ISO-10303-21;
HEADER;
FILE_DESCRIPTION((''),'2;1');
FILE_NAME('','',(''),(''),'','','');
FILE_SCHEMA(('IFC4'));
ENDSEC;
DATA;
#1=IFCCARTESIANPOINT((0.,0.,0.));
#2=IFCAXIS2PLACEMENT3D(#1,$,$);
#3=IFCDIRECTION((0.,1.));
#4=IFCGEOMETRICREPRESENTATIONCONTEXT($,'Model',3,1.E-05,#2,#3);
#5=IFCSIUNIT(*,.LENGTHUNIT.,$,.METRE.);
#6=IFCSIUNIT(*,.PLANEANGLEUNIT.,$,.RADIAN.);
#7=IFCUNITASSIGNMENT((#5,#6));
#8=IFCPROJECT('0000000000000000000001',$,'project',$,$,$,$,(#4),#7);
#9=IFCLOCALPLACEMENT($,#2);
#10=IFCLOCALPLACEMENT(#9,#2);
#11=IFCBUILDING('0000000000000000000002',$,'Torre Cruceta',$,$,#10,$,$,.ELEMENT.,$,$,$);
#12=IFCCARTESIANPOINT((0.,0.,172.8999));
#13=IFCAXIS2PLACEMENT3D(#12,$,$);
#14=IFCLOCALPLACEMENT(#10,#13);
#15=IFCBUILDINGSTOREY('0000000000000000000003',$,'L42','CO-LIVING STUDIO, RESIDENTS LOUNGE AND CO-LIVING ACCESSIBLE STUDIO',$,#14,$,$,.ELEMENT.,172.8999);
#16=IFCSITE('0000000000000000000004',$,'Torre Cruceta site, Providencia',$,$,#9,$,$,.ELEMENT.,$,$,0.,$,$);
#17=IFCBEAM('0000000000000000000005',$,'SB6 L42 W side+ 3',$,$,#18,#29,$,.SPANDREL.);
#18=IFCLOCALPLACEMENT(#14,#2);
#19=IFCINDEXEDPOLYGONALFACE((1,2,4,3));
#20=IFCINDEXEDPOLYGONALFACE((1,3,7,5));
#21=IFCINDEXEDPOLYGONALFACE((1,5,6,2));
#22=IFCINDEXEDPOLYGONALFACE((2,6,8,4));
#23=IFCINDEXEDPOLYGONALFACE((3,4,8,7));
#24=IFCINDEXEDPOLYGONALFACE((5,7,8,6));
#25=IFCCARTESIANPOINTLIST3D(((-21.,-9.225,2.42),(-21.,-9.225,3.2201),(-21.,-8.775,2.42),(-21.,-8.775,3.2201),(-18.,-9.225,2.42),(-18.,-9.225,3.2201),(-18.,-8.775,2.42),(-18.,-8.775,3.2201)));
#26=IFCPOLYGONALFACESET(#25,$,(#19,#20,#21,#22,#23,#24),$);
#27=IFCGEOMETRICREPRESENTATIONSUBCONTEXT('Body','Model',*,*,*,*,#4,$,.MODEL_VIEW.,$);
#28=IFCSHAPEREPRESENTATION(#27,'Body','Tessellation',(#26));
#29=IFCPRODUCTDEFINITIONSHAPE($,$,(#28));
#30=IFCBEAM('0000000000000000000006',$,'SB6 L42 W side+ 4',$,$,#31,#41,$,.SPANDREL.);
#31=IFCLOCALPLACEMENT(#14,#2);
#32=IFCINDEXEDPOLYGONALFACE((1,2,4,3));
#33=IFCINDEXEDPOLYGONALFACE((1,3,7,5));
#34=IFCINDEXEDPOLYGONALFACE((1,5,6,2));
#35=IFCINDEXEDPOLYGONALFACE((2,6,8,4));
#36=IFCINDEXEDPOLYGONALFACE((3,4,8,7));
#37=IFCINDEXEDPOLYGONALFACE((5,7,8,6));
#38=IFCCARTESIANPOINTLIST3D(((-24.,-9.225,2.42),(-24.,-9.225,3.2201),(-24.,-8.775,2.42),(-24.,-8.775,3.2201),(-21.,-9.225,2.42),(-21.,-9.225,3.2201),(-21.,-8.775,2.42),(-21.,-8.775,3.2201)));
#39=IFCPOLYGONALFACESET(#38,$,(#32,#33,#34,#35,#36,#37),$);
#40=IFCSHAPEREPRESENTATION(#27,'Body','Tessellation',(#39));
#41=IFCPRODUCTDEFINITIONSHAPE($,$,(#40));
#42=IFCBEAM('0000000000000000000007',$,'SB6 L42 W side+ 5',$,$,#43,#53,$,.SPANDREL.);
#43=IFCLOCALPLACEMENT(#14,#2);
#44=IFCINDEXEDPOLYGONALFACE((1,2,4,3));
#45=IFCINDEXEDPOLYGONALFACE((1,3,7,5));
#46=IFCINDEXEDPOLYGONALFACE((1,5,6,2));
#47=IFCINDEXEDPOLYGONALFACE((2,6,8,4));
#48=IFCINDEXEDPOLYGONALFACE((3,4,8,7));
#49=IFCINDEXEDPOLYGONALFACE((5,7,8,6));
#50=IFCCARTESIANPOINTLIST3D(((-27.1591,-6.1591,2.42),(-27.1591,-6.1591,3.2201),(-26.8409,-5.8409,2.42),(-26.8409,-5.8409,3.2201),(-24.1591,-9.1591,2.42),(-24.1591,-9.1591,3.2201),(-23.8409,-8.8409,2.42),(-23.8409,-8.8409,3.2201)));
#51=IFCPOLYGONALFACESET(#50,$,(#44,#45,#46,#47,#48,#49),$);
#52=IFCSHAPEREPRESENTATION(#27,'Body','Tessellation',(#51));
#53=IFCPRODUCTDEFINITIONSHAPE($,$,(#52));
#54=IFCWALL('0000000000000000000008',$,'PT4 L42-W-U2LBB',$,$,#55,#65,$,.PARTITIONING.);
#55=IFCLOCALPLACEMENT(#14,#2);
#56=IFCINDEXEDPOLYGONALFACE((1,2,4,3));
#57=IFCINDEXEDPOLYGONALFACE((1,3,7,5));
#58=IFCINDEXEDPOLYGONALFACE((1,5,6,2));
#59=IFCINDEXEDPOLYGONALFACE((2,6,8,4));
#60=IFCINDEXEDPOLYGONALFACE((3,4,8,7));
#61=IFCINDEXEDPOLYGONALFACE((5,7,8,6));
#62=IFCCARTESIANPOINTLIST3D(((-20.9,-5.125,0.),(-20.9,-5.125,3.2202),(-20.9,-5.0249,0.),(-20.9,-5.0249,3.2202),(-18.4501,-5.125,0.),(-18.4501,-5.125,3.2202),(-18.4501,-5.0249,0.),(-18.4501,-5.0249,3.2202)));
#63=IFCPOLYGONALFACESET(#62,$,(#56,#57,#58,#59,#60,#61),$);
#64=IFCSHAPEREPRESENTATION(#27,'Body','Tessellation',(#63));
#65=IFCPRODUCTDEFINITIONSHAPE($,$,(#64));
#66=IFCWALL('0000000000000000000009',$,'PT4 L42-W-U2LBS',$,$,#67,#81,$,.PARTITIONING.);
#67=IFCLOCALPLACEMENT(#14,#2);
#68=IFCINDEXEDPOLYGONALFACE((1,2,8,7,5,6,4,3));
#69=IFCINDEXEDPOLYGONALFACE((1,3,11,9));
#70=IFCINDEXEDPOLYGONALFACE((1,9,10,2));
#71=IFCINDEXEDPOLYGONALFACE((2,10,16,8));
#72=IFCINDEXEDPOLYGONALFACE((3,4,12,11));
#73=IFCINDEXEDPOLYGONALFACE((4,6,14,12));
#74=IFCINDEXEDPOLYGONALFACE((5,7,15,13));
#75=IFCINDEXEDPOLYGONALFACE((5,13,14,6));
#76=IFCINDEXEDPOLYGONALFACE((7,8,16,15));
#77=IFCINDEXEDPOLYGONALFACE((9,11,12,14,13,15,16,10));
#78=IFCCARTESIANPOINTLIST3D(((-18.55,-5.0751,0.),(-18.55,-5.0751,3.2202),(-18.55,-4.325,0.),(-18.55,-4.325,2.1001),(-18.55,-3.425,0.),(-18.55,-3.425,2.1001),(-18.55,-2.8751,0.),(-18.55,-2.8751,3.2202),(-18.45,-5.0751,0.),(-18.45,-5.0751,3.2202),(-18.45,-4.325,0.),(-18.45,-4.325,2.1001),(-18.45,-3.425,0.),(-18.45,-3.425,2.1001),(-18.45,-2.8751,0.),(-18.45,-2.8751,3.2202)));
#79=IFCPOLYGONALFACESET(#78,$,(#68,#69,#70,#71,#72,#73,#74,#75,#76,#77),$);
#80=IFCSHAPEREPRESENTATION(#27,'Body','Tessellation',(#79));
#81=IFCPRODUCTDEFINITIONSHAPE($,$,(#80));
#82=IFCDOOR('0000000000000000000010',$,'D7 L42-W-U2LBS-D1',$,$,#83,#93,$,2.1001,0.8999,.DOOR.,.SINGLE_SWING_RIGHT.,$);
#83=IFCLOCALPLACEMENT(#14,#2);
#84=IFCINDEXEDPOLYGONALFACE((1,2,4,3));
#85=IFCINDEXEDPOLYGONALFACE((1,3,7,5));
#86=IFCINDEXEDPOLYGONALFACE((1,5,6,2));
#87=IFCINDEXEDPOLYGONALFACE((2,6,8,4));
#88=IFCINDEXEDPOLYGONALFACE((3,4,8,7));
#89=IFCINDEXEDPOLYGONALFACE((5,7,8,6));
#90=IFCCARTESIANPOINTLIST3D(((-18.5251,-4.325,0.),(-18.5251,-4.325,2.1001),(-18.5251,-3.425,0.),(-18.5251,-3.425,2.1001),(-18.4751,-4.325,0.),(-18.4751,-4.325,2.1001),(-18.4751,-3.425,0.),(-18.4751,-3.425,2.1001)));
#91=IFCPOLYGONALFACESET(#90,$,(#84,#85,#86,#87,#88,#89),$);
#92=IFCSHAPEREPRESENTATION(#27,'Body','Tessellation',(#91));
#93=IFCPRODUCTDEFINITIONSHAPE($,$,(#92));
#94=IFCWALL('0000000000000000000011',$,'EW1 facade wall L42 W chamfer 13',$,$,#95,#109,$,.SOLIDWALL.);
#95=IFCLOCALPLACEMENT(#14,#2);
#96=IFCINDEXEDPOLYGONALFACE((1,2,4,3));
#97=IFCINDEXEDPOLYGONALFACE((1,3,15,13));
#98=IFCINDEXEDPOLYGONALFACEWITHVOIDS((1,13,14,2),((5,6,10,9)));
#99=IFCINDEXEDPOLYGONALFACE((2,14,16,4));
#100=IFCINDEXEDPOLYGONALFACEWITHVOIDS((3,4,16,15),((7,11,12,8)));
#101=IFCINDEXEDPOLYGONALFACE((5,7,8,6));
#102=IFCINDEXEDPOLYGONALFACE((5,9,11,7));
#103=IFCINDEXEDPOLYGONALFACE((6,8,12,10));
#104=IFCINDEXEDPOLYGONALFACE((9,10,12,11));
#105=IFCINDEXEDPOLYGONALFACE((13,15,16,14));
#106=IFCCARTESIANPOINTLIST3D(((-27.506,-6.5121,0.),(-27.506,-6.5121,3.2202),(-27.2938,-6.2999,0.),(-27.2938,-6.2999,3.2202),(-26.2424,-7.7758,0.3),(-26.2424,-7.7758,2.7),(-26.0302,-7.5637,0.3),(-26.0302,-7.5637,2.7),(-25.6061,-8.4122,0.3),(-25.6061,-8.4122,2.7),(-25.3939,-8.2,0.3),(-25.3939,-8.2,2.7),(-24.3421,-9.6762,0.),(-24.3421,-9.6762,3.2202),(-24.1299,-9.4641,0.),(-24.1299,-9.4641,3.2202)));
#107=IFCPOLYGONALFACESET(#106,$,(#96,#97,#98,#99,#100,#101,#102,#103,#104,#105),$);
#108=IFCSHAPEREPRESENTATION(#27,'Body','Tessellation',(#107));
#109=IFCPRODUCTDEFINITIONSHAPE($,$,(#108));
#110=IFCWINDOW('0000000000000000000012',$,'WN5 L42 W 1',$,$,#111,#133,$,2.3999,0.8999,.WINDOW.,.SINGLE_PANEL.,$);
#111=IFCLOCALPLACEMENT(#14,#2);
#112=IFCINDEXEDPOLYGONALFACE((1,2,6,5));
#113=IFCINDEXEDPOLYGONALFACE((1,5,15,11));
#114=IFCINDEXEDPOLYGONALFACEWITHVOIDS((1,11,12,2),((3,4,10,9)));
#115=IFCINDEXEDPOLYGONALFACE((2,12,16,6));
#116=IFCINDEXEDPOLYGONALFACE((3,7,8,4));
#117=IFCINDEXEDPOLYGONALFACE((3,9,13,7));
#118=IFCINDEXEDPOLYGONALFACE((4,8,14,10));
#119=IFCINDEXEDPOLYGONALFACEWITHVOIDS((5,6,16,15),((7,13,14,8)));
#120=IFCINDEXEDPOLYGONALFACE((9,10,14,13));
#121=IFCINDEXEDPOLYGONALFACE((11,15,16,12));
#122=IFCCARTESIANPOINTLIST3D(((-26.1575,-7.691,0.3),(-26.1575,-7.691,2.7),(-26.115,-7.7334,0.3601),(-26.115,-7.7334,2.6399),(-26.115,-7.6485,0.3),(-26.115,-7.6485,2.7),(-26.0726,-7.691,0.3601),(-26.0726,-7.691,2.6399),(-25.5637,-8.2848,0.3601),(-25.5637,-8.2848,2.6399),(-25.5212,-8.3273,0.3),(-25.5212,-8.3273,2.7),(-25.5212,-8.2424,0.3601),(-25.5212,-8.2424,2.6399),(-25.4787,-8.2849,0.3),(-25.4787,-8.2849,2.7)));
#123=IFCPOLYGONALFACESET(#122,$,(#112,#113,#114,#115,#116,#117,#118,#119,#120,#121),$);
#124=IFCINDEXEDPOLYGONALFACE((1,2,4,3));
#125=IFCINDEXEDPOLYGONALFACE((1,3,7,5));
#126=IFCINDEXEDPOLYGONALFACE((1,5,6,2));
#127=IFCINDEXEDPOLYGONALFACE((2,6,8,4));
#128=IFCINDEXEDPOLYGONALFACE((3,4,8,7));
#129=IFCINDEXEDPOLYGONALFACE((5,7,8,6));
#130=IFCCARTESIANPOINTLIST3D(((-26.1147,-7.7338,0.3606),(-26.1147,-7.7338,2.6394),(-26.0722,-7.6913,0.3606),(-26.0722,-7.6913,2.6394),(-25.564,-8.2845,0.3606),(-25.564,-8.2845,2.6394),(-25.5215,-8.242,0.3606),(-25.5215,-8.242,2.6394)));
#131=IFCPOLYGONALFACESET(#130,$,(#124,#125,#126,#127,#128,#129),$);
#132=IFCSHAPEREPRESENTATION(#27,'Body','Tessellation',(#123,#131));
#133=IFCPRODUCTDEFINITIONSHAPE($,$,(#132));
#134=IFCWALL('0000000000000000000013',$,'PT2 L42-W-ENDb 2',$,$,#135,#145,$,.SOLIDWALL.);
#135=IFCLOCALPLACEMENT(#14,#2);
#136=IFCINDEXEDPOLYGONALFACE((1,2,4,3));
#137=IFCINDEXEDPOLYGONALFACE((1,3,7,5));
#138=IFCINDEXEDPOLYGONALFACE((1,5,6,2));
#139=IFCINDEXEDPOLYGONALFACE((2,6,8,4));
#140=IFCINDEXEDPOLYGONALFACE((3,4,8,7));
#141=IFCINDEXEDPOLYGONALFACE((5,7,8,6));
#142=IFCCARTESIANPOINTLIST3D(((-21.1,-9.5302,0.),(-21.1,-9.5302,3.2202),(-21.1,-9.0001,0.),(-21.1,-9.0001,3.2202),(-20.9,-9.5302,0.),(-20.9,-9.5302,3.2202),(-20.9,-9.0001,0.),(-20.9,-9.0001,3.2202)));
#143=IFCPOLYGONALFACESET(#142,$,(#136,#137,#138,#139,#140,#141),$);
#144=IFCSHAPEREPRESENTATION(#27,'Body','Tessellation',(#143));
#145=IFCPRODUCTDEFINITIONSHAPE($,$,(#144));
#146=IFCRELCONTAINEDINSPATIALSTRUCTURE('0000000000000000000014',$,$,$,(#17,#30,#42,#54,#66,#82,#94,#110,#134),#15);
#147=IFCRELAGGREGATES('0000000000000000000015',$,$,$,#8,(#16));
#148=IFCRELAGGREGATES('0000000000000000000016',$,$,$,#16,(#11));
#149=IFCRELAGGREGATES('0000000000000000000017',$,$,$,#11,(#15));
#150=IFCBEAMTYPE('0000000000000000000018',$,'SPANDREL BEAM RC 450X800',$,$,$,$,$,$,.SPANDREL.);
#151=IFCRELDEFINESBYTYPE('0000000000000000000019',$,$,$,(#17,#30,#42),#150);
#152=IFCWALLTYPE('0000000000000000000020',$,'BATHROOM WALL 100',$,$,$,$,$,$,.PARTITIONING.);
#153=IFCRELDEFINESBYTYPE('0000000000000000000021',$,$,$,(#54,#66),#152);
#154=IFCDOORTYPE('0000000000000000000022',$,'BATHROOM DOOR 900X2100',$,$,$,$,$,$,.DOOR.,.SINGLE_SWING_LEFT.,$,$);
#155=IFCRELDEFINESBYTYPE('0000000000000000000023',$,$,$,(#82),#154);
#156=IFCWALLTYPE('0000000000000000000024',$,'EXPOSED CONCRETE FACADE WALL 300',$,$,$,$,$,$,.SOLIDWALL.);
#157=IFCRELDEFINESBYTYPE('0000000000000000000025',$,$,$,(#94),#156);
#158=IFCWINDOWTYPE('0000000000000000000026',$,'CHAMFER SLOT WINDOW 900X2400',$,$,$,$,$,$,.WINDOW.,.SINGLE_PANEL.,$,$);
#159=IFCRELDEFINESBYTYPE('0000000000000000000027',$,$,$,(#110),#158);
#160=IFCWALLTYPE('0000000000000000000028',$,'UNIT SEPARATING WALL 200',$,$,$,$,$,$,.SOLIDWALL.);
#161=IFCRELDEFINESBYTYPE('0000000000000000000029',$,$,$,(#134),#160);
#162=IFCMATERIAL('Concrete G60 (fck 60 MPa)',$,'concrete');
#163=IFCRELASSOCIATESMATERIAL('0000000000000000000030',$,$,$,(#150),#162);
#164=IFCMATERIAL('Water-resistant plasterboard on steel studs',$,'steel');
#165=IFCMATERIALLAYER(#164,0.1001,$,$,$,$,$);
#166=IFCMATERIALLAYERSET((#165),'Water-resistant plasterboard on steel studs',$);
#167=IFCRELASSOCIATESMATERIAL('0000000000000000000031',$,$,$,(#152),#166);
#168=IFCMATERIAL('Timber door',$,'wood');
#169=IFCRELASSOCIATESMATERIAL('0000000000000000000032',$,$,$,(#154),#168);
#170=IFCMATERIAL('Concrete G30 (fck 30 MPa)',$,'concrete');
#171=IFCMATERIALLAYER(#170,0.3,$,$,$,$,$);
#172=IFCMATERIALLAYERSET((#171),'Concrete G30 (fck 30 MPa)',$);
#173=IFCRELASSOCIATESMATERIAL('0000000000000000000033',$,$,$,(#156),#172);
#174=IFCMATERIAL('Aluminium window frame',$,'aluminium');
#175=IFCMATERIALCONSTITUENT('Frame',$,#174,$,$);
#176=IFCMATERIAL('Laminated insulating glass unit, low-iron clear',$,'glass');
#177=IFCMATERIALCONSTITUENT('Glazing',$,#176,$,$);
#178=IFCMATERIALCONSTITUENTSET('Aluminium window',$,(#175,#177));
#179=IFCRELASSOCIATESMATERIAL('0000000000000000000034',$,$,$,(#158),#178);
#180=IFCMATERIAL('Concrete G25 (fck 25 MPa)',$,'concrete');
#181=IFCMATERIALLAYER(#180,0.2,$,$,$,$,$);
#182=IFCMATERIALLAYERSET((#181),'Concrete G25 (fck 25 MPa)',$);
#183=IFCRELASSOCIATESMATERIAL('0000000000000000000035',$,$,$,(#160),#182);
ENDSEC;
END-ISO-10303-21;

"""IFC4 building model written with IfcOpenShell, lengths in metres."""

from ifc_helpers import new_model, si_unit, direction, frame, frame_2d, origin, origin_2d, place, context, subcontext, project, spatial, rectangle, hollow_rectangle, extrude, material, layer, layer_set, constituent, constituent_set, material_profile, profile_set, type_object, element, fill, save


model = new_model("IFC4")

# Units and contexts
model_context = context("Model", 3, precision=1e-05, world=origin(), true_north=direction((0.0, 1.0)))
body_context = subcontext(model_context, "Body", "Model", "MODEL_VIEW")
ifc_project = project(units=[si_unit("LENGTHUNIT", "METRE"), si_unit("PLANEANGLEUNIT", "RADIAN")], contexts=[model_context])

# Site, building, storey
site_placement = place(None, origin())
site = spatial("IfcSite", under=ifc_project, at=site_placement, Name="Torre Cruceta site, Providencia", CompositionType="ELEMENT", RefElevation=0.0)
building_placement = place(site_placement, origin())
building = spatial("IfcBuilding", under=site, at=building_placement, Name="Torre Cruceta", CompositionType="ELEMENT")
storey_placement = place(building_placement, frame((0.0, 0.0, 172.8999)))
storey = spatial("IfcBuildingStorey", under=building, at=storey_placement, Name="L42", Description="CO-LIVING STUDIO, RESIDENTS LOUNGE AND CO-LIVING ACCESSIBLE STUDIO", CompositionType="ELEMENT", Elevation=172.8999)

# Beams
ifc_material_1 = material(Name="Concrete G60 (fck 60 MPa)", Category="concrete")
ifc_material_profile_1 = material_profile(ifc_material_1, rectangle(XDim=0.45, YDim=0.8, at=origin_2d()), Name="RC 450X800")
ifc_profile_set_1 = profile_set([ifc_material_profile_1], Name="Concrete G60 (fck 60 MPa)")
beam_type_1 = type_object("IfcBeamType", Name="SPANDREL BEAM RC 450X800", PredefinedType="SPANDREL", material=ifc_profile_set_1)
for number, where, z_axis, x_axis, name in (
    (1, (-18.0, -9.0, 2.8201), (-1.0, 0.0, 0.0), (0.0, -1.0, 0.0), "SB6 L42 W side+ 3"),
    (2, (-21.0, -9.0, 2.8201), (-1.0, 0.0, 0.0), (0.0, -1.0, 0.0), "SB6 L42 W side+ 4"),
):
    element("IfcBeam", number, at=place(storey_placement, frame(where, z_axis=z_axis, x_axis=x_axis)), inside=storey, type_object=beam_type_1, Name=name, PredefinedType="SPANDREL", context=body_context, shape_type="SweptSolid", body=[
        extrude(rectangle(XDim=0.45, YDim=0.8, at=origin_2d()), origin(), (0.0, 0.0, 1.0), 3.0),
    ])
beam_1_placement = place(storey_placement, frame((-24.0, -9.0, 2.8201), z_axis=(-0.707107, 0.707107, 0.0), x_axis=(-0.707107, -0.707107, 0.0)))
element("IfcBeam", 3, at=beam_1_placement, inside=storey, type_object=beam_type_1, Name="SB6 L42 W side+ 5", PredefinedType="SPANDREL", context=body_context, shape_type="SweptSolid", body=[
    extrude(rectangle(XDim=0.45, YDim=0.8, at=origin_2d()), origin(), (0.0, 0.0, 1.0), 4.2427),
])

# Wall
ifc_material_2 = material(Name="Water-resistant plasterboard on steel studs", Category="steel")
ifc_layer_1 = layer(ifc_material_2, 0.1001)
ifc_layer_set_1 = layer_set([ifc_layer_1], Name="Water-resistant plasterboard on steel studs")
wall_type_1 = type_object("IfcWallType", Name="BATHROOM WALL 100", PredefinedType="PARTITIONING", material=ifc_layer_set_1)
wall_1_placement = place(storey_placement, frame((-18.45, -5.075, 0.0), z_axis=(0.0, 0.0, 1.0), x_axis=(-1.0, 0.0, 0.0)))
element("IfcWall", 4, at=wall_1_placement, inside=storey, type_object=wall_type_1, Name="PT4 L42-W-U2LBB", PredefinedType="PARTITIONING", context=body_context, shape_type="SweptSolid", body=[
    extrude(rectangle(XDim=2.45, YDim=0.1001, at=frame_2d((1.2251, 0.0))), origin(), (0.0, 0.0, 1.0), 3.2202),
])

# Wall, opening, door
wall_2_placement = place(storey_placement, frame((-18.5, -2.875, 0.0), z_axis=(0.0, 0.0, 1.0), x_axis=(0.0, -1.0, 0.0)))
wall_2 = element("IfcWall", 5, at=wall_2_placement, inside=storey, type_object=wall_type_1, Name="PT4 L42-W-U2LBS", PredefinedType="PARTITIONING", context=body_context, shape_type="SweptSolid", body=[
    extrude(rectangle(XDim=2.2, YDim=0.1001, at=frame_2d((1.1001, 0.0))), origin(), (0.0, 0.0, 1.0), 3.2202),
])
opening_1_placement = place(wall_2_placement, frame((0.55, 0.0, 0.0)))
opening_1 = element("IfcOpeningElement", 6, at=opening_1_placement, cuts=wall_2, PredefinedType="OPENING", context=body_context, shape_type="SweptSolid", body=[
    extrude(rectangle(XDim=0.8999, YDim=2.1001, at=frame_2d((0.45, 1.05))), frame((0.0, 0.0601, 0.0), z_axis=(0.0, -1.0, 0.0), x_axis=(1.0, 0.0, 0.0)), (0.0, 0.0, 1.0), 0.1201),
])
ifc_material_3 = material(Name="Timber door", Category="wood")
door_type_1 = type_object("IfcDoorType", Name="BATHROOM DOOR 900X2100", OperationType="SINGLE_SWING_LEFT", PredefinedType="DOOR", material=ifc_material_3)
door_1_placement = place(opening_1_placement, frame((0.8999, 0.0, 0.0), z_axis=(0.0, 0.0, 1.0), x_axis=(-1.0, 0.0, 0.0)))
door_1 = element("IfcDoor", 7, at=door_1_placement, inside=storey, type_object=door_type_1, Name="D7 L42-W-U2LBS-D1", OperationType="SINGLE_SWING_RIGHT", OverallHeight=2.1001, OverallWidth=0.8999, PredefinedType="DOOR", context=body_context, shape_type="SweptSolid", body=[
    extrude(rectangle(XDim=0.8999, YDim=2.1001, at=frame_2d((0.45, 1.05))), frame((0.0, 0.0251, 0.0), z_axis=(0.0, -1.0, 0.0), x_axis=(1.0, 0.0, 0.0)), (0.0, 0.0, 1.0), 0.05),
])
fill(opening_1, door_1)

# Wall, opening, window
ifc_material_4 = material(Name="Concrete G30 (fck 30 MPa)", Category="concrete")
ifc_layer_2 = layer(ifc_material_4, 0.3)
ifc_layer_set_2 = layer_set([ifc_layer_2], Name="Concrete G30 (fck 30 MPa)")
wall_type_2 = type_object("IfcWallType", Name="EXPOSED CONCRETE FACADE WALL 300", PredefinedType="SOLIDWALL", material=ifc_layer_set_2)
wall_3_placement = place(storey_placement, frame((-27.3999, -6.406, 0.0), z_axis=(0.0, 0.0, 1.0), x_axis=(0.707079, -0.707134, 0.0)))
wall_3 = element("IfcWall", 8, at=wall_3_placement, inside=storey, type_object=wall_type_2, Name="EW1 facade wall L42 W chamfer 13", PredefinedType="SOLIDWALL", context=body_context, shape_type="SweptSolid", body=[
    extrude(rectangle(XDim=4.4746, YDim=0.3, at=frame_2d((2.2373, 0.0))), origin(), (0.0, 0.0, 1.0), 3.2202),
])
opening_2_placement = place(wall_3_placement, frame((1.7871, 0.0, 0.3)))
opening_2 = element("IfcOpeningElement", 9, at=opening_2_placement, cuts=wall_3, PredefinedType="OPENING", context=body_context, shape_type="SweptSolid", body=[
    extrude(rectangle(XDim=0.8999, YDim=2.3999, at=frame_2d((0.45, 1.2))), frame((0.0, 0.1599, 0.0), z_axis=(0.0, -1.0, 0.0), x_axis=(1.0, 0.0, 0.0)), (0.0, 0.0, 1.0), 0.3201),
])
ifc_material_5 = material(Name="Aluminium window frame", Category="aluminium")
ifc_constituent_1 = constituent(ifc_material_5, Name="Frame")
ifc_material_6 = material(Name="Laminated insulating glass unit, low-iron clear", Category="glass")
ifc_constituent_2 = constituent(ifc_material_6, Name="Glazing")
ifc_constituent_set_1 = constituent_set(constituents=[ifc_constituent_1, ifc_constituent_2], Name="Aluminium window")
window_type = type_object("IfcWindowType", Name="CHAMFER SLOT WINDOW 900X2400", PartitioningType="SINGLE_PANEL", PredefinedType="WINDOW", material=ifc_constituent_set_1)
window_placement = place(opening_2_placement, origin())
window = element("IfcWindow", 10, at=window_placement, inside=storey, type_object=window_type, Name="WN5 L42 W 1", OverallHeight=2.3999, OverallWidth=0.8999, PartitioningType="SINGLE_PANEL", PredefinedType="WINDOW", context=body_context, shape_type="SweptSolid", body=[
    extrude(hollow_rectangle(XDim=0.8999, YDim=2.3999, WallThickness=0.0601, at=frame_2d((0.45, 1.2))), frame((0.0, 0.03, 0.0), z_axis=(0.0, -1.0, 0.0), x_axis=(1.0, 0.0, 0.0)), (0.0, 0.0, 1.0), 0.0601),
    extrude(rectangle(XDim=0.7788, YDim=2.2788, at=frame_2d((0.45, 1.2))), frame((0.0, 0.03, 0.0), z_axis=(0.0, -1.0, 0.0), x_axis=(1.0, 0.0, 0.0)), (0.0, 0.0, 1.0), 0.0601),
])
fill(opening_2, window)

# Wall
ifc_material_7 = material(Name="Concrete G25 (fck 25 MPa)", Category="concrete")
ifc_layer_3 = layer(ifc_material_7, 0.2)
ifc_layer_set_3 = layer_set([ifc_layer_3], Name="Concrete G25 (fck 25 MPa)")
wall_type_3 = type_object("IfcWallType", Name="UNIT SEPARATING WALL 200", PredefinedType="SOLIDWALL", material=ifc_layer_set_3)
wall_4_placement = place(storey_placement, frame((-21.0, -9.0, 0.0), z_axis=(0.0, 0.0, 1.0), x_axis=(0.0, -1.0, 0.0)))
element("IfcWall", 11, at=wall_4_placement, inside=storey, type_object=wall_type_3, Name="PT2 L42-W-ENDb 2", PredefinedType="SOLIDWALL", context=body_context, shape_type="SweptSolid", body=[
    extrude(rectangle(XDim=0.53, YDim=0.2, at=frame_2d((0.2651, 0.0))), origin(), (0.0, 0.0, 1.0), 3.2202),
])

save(model, "model.ifc")
